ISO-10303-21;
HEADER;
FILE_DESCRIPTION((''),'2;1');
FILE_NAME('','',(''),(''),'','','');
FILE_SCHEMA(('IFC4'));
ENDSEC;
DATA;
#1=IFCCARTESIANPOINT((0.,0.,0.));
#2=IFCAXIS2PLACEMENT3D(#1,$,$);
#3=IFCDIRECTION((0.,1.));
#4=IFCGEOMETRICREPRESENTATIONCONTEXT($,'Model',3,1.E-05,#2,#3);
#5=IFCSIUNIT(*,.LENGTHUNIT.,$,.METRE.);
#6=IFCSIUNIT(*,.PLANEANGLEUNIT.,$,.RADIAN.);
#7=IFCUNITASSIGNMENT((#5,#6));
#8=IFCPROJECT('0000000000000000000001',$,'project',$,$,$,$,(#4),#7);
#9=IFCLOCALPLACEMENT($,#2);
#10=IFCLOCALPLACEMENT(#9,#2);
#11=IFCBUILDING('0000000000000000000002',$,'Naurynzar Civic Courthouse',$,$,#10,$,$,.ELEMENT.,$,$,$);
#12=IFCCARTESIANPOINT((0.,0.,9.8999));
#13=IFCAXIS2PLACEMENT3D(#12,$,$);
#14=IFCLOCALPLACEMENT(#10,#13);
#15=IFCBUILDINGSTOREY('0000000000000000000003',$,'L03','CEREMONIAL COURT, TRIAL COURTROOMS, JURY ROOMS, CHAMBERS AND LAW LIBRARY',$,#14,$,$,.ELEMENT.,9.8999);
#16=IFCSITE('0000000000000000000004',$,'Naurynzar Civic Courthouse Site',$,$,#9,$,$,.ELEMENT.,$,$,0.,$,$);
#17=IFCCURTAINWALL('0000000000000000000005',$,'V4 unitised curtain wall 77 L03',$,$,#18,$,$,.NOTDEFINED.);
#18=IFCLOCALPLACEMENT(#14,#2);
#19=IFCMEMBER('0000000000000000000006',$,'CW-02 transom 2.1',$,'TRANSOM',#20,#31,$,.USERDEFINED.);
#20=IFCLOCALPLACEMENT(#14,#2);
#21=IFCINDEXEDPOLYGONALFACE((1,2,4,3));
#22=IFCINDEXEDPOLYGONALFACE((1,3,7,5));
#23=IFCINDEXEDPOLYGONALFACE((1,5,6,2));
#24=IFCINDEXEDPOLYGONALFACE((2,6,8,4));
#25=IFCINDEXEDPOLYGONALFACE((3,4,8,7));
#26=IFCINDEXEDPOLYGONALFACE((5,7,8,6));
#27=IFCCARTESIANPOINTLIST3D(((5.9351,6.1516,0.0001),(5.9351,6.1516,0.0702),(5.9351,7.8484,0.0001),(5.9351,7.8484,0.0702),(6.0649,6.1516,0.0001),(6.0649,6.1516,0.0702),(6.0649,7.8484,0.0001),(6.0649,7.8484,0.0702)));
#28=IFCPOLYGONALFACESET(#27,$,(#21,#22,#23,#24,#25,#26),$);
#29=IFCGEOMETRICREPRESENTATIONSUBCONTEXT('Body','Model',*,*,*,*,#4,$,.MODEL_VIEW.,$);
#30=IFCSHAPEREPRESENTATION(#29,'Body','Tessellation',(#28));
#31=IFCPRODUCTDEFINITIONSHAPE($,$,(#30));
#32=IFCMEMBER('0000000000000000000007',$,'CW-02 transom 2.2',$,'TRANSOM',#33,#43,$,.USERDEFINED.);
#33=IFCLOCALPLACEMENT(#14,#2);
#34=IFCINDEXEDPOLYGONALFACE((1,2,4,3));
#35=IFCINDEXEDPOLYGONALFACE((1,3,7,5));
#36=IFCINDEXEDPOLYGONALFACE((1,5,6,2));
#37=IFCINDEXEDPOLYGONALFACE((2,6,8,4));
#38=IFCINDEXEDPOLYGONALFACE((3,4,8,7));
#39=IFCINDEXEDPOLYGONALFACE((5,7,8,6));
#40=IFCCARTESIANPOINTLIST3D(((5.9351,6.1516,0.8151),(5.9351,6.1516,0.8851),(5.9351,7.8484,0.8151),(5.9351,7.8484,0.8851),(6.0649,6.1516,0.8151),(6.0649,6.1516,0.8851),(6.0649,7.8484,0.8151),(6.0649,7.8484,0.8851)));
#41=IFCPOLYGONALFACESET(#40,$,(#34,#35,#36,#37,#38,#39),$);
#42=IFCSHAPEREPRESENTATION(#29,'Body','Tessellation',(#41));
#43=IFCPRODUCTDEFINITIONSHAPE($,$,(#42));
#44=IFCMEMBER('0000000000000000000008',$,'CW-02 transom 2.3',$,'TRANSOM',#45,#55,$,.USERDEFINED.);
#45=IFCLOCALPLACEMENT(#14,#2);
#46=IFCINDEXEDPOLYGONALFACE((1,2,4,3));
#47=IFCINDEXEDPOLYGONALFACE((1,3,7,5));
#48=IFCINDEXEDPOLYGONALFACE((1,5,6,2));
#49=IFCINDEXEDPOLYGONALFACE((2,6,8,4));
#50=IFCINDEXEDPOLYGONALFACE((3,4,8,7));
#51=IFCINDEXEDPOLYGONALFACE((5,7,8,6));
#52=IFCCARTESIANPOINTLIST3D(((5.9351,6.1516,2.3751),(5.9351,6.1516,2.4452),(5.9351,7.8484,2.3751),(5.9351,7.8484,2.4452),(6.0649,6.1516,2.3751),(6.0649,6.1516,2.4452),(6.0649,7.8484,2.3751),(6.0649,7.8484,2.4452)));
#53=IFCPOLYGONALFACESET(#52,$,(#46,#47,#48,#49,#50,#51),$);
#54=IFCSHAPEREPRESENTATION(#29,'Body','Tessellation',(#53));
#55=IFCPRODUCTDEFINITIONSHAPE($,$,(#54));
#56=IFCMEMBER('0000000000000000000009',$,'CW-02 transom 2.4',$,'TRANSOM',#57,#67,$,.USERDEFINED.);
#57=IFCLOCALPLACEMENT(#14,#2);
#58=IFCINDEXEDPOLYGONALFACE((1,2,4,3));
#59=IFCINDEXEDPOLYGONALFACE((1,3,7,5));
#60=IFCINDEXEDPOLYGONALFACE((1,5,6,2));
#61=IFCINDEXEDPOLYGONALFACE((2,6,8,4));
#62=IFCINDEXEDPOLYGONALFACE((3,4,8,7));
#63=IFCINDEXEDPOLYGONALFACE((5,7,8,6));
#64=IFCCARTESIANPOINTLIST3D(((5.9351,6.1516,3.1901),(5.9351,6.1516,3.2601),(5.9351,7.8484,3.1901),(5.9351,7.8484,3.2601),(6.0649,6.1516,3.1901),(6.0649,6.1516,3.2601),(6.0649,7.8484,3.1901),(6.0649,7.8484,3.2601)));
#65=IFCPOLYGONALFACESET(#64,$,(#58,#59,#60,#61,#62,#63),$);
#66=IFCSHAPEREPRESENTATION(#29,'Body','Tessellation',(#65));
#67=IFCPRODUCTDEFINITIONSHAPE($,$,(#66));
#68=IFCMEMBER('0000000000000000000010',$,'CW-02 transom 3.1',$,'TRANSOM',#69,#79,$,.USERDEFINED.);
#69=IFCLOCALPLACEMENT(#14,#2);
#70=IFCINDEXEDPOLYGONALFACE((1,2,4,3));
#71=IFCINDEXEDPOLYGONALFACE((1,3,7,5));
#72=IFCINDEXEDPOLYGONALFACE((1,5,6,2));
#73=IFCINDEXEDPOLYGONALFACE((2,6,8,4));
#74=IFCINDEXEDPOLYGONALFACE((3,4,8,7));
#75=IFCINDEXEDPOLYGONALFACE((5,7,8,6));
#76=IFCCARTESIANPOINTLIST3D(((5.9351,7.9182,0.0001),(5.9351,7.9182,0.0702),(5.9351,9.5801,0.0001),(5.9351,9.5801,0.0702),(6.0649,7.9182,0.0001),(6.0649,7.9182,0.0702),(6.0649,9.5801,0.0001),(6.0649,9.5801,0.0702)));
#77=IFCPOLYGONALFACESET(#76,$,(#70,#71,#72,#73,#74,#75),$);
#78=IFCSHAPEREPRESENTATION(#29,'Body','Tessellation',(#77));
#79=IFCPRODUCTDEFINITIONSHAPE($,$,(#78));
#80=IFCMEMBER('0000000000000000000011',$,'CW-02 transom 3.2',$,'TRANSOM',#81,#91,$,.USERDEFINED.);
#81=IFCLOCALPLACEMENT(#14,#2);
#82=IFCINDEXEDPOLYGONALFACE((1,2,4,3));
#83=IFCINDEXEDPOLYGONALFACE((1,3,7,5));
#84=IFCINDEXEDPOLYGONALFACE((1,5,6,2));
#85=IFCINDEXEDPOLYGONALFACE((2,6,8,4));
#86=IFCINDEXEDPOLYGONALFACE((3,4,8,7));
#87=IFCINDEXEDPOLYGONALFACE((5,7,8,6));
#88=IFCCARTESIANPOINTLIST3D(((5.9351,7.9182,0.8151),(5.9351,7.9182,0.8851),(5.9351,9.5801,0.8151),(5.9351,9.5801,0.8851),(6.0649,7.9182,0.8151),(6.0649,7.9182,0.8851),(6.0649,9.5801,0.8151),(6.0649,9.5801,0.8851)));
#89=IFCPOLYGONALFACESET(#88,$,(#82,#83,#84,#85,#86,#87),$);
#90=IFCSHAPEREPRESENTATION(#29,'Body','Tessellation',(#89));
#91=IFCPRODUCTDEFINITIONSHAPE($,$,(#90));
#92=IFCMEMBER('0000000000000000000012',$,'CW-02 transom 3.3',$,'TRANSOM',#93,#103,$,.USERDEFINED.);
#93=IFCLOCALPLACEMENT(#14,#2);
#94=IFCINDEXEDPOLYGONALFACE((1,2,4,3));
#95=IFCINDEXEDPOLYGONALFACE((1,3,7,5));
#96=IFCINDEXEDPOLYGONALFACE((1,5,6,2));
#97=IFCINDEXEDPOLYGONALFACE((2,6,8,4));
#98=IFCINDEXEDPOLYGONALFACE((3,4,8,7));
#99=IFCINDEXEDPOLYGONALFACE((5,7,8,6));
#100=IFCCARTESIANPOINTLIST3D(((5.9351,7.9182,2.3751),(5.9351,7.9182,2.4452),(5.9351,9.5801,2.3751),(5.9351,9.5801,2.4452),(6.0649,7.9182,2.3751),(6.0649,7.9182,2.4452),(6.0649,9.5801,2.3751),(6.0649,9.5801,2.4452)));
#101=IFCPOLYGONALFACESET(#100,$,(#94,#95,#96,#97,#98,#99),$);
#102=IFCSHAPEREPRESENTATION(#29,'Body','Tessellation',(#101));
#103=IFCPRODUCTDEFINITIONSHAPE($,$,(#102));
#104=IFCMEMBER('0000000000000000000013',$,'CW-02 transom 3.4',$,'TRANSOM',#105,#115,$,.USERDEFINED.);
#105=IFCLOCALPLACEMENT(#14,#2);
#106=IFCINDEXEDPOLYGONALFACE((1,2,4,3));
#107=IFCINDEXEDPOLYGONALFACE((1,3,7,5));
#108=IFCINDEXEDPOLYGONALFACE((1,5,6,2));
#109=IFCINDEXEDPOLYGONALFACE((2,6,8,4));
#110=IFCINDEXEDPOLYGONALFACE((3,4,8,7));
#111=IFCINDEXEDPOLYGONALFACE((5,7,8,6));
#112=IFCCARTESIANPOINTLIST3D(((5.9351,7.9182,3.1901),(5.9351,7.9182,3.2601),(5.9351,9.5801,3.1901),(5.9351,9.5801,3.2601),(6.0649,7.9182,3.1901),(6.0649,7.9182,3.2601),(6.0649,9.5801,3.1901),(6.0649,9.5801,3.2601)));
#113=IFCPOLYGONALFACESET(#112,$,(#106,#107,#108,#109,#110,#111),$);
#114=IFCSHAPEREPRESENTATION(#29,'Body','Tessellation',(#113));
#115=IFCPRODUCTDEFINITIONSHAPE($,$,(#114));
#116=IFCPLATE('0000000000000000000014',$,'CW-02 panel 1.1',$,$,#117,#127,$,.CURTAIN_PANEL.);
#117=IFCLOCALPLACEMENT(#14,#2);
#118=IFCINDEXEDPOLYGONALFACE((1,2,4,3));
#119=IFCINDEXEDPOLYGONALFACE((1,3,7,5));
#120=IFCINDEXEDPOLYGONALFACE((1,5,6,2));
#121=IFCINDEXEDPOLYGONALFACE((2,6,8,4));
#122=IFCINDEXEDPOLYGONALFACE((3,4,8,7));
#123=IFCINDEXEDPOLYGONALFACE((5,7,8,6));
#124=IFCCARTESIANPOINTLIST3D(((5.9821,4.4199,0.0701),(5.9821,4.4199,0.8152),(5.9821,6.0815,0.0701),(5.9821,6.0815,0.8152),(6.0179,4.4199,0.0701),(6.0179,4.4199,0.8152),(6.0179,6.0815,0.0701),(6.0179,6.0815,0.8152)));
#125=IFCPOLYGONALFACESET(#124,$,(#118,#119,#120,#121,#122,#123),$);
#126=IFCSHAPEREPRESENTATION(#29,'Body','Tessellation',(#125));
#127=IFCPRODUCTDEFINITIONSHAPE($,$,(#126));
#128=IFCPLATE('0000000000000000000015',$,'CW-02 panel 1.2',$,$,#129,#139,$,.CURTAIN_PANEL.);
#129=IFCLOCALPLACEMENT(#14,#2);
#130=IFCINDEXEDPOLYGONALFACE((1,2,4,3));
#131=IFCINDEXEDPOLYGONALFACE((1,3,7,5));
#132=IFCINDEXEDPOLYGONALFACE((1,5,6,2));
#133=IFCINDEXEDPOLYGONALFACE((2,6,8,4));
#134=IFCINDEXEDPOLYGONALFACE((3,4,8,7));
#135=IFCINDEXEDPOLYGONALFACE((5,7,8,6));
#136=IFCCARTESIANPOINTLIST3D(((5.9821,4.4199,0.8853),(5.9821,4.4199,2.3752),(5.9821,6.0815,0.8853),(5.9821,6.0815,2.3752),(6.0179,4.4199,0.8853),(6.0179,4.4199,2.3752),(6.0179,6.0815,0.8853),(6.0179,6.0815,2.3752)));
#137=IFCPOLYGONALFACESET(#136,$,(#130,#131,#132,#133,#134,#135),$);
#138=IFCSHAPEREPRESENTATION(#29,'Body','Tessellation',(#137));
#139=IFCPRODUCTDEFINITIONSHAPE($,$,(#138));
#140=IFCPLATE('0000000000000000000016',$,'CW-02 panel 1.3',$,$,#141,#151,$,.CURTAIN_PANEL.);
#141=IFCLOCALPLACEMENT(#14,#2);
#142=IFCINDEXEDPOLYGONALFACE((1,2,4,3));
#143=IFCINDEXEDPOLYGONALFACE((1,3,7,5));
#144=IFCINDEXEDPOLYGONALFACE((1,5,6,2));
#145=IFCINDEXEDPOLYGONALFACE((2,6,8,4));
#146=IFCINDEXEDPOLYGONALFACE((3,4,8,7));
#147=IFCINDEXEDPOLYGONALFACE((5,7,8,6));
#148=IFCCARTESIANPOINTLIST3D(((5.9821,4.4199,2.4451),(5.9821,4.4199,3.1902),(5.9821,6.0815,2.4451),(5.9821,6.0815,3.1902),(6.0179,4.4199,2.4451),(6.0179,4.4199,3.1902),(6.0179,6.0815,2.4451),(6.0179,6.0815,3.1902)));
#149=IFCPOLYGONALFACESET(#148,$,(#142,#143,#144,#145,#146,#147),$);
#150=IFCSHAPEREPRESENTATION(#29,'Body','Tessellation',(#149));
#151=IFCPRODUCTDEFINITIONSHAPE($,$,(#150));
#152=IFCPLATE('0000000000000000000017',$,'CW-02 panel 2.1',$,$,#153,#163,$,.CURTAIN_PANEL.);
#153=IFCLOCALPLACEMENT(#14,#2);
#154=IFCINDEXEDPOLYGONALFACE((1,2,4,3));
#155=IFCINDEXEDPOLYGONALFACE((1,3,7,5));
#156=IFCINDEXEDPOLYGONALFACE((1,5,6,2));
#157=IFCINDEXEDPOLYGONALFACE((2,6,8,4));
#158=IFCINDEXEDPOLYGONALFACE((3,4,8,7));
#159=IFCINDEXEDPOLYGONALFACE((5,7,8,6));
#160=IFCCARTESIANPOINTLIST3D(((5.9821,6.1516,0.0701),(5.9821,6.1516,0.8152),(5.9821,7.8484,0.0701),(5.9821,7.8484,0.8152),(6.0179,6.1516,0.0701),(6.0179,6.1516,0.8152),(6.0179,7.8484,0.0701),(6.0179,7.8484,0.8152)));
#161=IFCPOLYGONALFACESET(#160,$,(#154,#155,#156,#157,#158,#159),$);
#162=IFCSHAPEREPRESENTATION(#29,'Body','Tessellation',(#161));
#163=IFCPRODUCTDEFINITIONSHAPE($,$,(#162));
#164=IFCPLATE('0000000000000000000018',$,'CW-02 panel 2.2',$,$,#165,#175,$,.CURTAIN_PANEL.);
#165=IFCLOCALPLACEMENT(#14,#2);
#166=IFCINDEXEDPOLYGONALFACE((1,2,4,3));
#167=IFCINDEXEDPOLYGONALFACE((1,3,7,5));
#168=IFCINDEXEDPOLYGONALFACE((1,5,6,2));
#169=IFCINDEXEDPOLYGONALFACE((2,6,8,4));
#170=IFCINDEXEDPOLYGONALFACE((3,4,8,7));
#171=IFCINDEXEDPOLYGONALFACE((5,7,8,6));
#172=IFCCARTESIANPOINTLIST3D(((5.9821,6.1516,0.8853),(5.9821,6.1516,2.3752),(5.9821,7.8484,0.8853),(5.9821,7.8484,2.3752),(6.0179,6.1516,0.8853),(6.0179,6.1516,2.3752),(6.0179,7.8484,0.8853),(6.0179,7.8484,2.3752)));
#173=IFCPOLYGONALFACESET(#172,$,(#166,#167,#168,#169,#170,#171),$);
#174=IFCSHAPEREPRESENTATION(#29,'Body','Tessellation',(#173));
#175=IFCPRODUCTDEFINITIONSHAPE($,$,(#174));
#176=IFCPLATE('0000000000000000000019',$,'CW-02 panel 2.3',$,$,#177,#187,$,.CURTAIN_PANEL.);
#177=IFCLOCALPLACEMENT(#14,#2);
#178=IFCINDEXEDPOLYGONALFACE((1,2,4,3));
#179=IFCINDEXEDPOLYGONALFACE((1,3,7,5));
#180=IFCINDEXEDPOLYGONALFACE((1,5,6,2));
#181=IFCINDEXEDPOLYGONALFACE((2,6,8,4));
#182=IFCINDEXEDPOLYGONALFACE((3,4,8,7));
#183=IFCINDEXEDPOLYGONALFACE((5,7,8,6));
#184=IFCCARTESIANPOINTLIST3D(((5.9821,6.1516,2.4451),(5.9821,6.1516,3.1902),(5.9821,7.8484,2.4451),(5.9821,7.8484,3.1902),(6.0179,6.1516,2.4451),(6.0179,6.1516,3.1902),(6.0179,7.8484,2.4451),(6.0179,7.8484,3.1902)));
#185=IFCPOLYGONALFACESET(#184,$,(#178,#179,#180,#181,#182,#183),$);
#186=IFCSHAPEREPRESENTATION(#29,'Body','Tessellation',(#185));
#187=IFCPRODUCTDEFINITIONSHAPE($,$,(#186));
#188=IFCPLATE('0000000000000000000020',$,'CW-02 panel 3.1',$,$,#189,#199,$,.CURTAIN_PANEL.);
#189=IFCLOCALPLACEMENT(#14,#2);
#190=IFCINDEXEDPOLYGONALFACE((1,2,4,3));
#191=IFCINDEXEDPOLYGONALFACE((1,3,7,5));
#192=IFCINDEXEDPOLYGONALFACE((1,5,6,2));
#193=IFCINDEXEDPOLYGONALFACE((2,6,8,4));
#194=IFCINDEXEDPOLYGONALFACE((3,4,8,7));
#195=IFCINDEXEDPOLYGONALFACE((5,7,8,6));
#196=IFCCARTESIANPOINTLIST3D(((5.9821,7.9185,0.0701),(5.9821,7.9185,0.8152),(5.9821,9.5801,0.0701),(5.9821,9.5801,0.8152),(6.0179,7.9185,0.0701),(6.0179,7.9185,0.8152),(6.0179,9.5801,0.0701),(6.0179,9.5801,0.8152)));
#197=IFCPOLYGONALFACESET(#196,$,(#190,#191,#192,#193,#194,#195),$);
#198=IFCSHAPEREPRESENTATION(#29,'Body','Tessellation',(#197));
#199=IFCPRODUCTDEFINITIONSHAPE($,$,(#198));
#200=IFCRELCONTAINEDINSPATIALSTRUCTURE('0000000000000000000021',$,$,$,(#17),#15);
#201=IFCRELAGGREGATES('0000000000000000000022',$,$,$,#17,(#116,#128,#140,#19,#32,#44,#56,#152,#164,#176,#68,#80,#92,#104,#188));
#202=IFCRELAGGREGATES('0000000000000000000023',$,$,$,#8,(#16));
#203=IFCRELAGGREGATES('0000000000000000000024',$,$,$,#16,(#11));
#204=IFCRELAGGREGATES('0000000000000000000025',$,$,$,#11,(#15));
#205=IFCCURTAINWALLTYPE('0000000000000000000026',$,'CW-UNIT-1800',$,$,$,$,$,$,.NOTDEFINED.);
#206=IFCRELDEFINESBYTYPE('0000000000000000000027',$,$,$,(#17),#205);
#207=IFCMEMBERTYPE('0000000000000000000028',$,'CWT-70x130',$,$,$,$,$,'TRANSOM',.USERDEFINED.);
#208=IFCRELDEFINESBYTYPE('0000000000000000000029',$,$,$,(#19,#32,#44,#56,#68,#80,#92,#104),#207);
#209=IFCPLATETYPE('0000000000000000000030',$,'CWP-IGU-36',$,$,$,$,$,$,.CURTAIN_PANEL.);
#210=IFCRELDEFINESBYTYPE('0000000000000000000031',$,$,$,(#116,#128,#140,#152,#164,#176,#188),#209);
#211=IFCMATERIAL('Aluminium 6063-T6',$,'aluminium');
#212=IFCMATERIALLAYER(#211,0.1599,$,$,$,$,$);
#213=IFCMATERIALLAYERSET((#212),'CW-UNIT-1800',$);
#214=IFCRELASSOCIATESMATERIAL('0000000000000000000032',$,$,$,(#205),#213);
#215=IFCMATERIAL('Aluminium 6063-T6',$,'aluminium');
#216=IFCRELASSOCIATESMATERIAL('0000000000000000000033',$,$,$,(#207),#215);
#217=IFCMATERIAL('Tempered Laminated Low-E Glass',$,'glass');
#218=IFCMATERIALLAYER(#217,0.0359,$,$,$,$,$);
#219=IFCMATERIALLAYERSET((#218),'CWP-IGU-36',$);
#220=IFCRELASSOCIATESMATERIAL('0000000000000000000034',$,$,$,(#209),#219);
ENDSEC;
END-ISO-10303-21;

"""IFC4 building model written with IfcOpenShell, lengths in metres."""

from ifc_helpers import new_model, si_unit, direction, frame, origin, origin_2d, place, context, subcontext, project, spatial, rectangle, extrude, material, layer, layer_set, material_profile, profile_set, type_object, element, aggregate, save


model = new_model("IFC4")

# Units and contexts
model_context = context("Model", 3, precision=1e-05, world=origin(), true_north=direction((0.0, 1.0)))
body_context = subcontext(model_context, "Body", "Model", "MODEL_VIEW")
ifc_project = project(units=[si_unit("LENGTHUNIT", "METRE"), si_unit("PLANEANGLEUNIT", "RADIAN")], contexts=[model_context])

# Site, building, storey
site_placement = place(None, origin())
site = spatial("IfcSite", under=ifc_project, at=site_placement, Name="Naurynzar Civic Courthouse Site", CompositionType="ELEMENT", RefElevation=0.0)
building_placement = place(site_placement, origin())
building = spatial("IfcBuilding", under=site, at=building_placement, Name="Naurynzar Civic Courthouse", CompositionType="ELEMENT")
storey_placement = place(building_placement, frame((0.0, 0.0, 9.8999)))
storey = spatial("IfcBuildingStorey", under=building, at=storey_placement, Name="L03", Description="CEREMONIAL COURT, TRIAL COURTROOMS, JURY ROOMS, CHAMBERS AND LAW LIBRARY", CompositionType="ELEMENT", Elevation=9.8999)

# Curtain wall, members, plates
ifc_material_1 = material(Name="Aluminium 6063-T6", Category="aluminium")
ifc_layer_1 = layer(ifc_material_1, 0.1599)
ifc_layer_set_1 = layer_set([ifc_layer_1], Name="CW-UNIT-1800")
curtain_wall_type = type_object("IfcCurtainWallType", Name="CW-UNIT-1800", PredefinedType="NOTDEFINED", material=ifc_layer_set_1)
curtain_wall_placement = place(storey_placement, origin())
curtain_wall = element("IfcCurtainWall", 1, at=curtain_wall_placement, inside=storey, type_object=curtain_wall_type, Name="V4 unitised curtain wall 77 L03", PredefinedType="NOTDEFINED")
ifc_material_2 = material(Name="Aluminium 6063-T6", Category="aluminium")
ifc_material_profile_1 = material_profile(ifc_material_2, rectangle(XDim=0.1299, YDim=0.0701, at=origin_2d()), Name="ALU TRANSOM 70x130")
ifc_profile_set_1 = profile_set([ifc_material_profile_1], Name="Aluminium 6063-T6")
member_type_1 = type_object("IfcMemberType", Name="CWT-70x130", ElementType="TRANSOM", PredefinedType="USERDEFINED", material=ifc_profile_set_1)
member_1_placement = place(storey_placement, frame((6.0, 6.1516, 0.0352), z_axis=(0.0, 1.0, 0.0), x_axis=(-1.0, 0.0, 0.0)))
member_1 = element("IfcMember", 2, at=member_1_placement, type_object=member_type_1, Name="CW-02 transom 2.1", ObjectType="TRANSOM", PredefinedType="USERDEFINED", context=body_context, shape_type="SweptSolid", body=[
    extrude(rectangle(XDim=0.1299, YDim=0.0701, at=origin_2d()), origin(), (0.0, 0.0, 1.0), 1.6968),
])
member_2_placement = place(storey_placement, frame((6.0, 6.1516, 0.8501), z_axis=(0.0, 1.0, 0.0), x_axis=(-1.0, 0.0, 0.0)))
member_2 = element("IfcMember", 3, at=member_2_placement, type_object=member_type_1, Name="CW-02 transom 2.2", ObjectType="TRANSOM", PredefinedType="USERDEFINED", context=body_context, shape_type="SweptSolid", body=[
    extrude(rectangle(XDim=0.1299, YDim=0.0701, at=origin_2d()), origin(), (0.0, 0.0, 1.0), 1.6968),
])
member_3_placement = place(storey_placement, frame((6.0, 6.1516, 2.4102), z_axis=(0.0, 1.0, 0.0), x_axis=(-1.0, 0.0, 0.0)))
member_3 = element("IfcMember", 4, at=member_3_placement, type_object=member_type_1, Name="CW-02 transom 2.3", ObjectType="TRANSOM", PredefinedType="USERDEFINED", context=body_context, shape_type="SweptSolid", body=[
    extrude(rectangle(XDim=0.1299, YDim=0.0701, at=origin_2d()), origin(), (0.0, 0.0, 1.0), 1.6968),
])
member_4_placement = place(storey_placement, frame((6.0, 6.1516, 3.2251), z_axis=(0.0, 1.0, 0.0), x_axis=(-1.0, 0.0, 0.0)))
member_4 = element("IfcMember", 5, at=member_4_placement, type_object=member_type_1, Name="CW-02 transom 2.4", ObjectType="TRANSOM", PredefinedType="USERDEFINED", context=body_context, shape_type="SweptSolid", body=[
    extrude(rectangle(XDim=0.1299, YDim=0.0701, at=origin_2d()), origin(), (0.0, 0.0, 1.0), 1.6968),
])
member_5_placement = place(storey_placement, frame((6.0, 7.9182, 0.0352), z_axis=(0.0, 1.0, 0.0), x_axis=(-1.0, 0.0, 0.0)))
member_5 = element("IfcMember", 6, at=member_5_placement, type_object=member_type_1, Name="CW-02 transom 3.1", ObjectType="TRANSOM", PredefinedType="USERDEFINED", context=body_context, shape_type="SweptSolid", body=[
    extrude(rectangle(XDim=0.1299, YDim=0.0701, at=origin_2d()), origin(), (0.0, 0.0, 1.0), 1.6619),
])
member_6_placement = place(storey_placement, frame((6.0, 7.9182, 0.8501), z_axis=(0.0, 1.0, 0.0), x_axis=(-1.0, 0.0, 0.0)))
member_6 = element("IfcMember", 7, at=member_6_placement, type_object=member_type_1, Name="CW-02 transom 3.2", ObjectType="TRANSOM", PredefinedType="USERDEFINED", context=body_context, shape_type="SweptSolid", body=[
    extrude(rectangle(XDim=0.1299, YDim=0.0701, at=origin_2d()), origin(), (0.0, 0.0, 1.0), 1.6619),
])
member_7_placement = place(storey_placement, frame((6.0, 7.9182, 2.4102), z_axis=(0.0, 1.0, 0.0), x_axis=(-1.0, 0.0, 0.0)))
member_7 = element("IfcMember", 8, at=member_7_placement, type_object=member_type_1, Name="CW-02 transom 3.3", ObjectType="TRANSOM", PredefinedType="USERDEFINED", context=body_context, shape_type="SweptSolid", body=[
    extrude(rectangle(XDim=0.1299, YDim=0.0701, at=origin_2d()), origin(), (0.0, 0.0, 1.0), 1.6619),
])
member_8_placement = place(storey_placement, frame((6.0, 7.9182, 3.2251), z_axis=(0.0, 1.0, 0.0), x_axis=(-1.0, 0.0, 0.0)))
member_8 = element("IfcMember", 9, at=member_8_placement, type_object=member_type_1, Name="CW-02 transom 3.4", ObjectType="TRANSOM", PredefinedType="USERDEFINED", context=body_context, shape_type="SweptSolid", body=[
    extrude(rectangle(XDim=0.1299, YDim=0.0701, at=origin_2d()), origin(), (0.0, 0.0, 1.0), 1.6619),
])
ifc_material_3 = material(Name="Tempered Laminated Low-E Glass", Category="glass")
ifc_layer_2 = layer(ifc_material_3, 0.0359)
ifc_layer_set_2 = layer_set([ifc_layer_2], Name="CWP-IGU-36")
plate_type = type_object("IfcPlateType", Name="CWP-IGU-36", PredefinedType="CURTAIN_PANEL", material=ifc_layer_set_2)
plate_1_placement = place(storey_placement, frame((6.0, 5.2507, 0.0701), z_axis=(0.0, 0.0, 1.0), x_axis=(0.0, 1.0, 0.0)))
plate_1 = element("IfcPlate", 10, at=plate_1_placement, type_object=plate_type, Name="CW-02 panel 1.1", PredefinedType="CURTAIN_PANEL", context=body_context, shape_type="SweptSolid", body=[
    extrude(rectangle(XDim=1.6616, YDim=0.0359, at=origin_2d()), origin(), (0.0, 0.0, 1.0), 0.7451),
])
plate_2_placement = place(storey_placement, frame((6.0, 5.2507, 0.8853), z_axis=(0.0, 0.0, 1.0), x_axis=(0.0, 1.0, 0.0)))
plate_2 = element("IfcPlate", 11, at=plate_2_placement, type_object=plate_type, Name="CW-02 panel 1.2", PredefinedType="CURTAIN_PANEL", context=body_context, shape_type="SweptSolid", body=[
    extrude(rectangle(XDim=1.6616, YDim=0.0359, at=origin_2d()), origin(), (0.0, 0.0, 1.0), 1.49),
])
plate_3_placement = place(storey_placement, frame((6.0, 5.2507, 2.4451), z_axis=(0.0, 0.0, 1.0), x_axis=(0.0, 1.0, 0.0)))
plate_3 = element("IfcPlate", 12, at=plate_3_placement, type_object=plate_type, Name="CW-02 panel 1.3", PredefinedType="CURTAIN_PANEL", context=body_context, shape_type="SweptSolid", body=[
    extrude(rectangle(XDim=1.6616, YDim=0.0359, at=origin_2d()), origin(), (0.0, 0.0, 1.0), 0.7451),
])
plate_4_placement = place(storey_placement, frame((6.0, 7.0, 0.0701), z_axis=(0.0, 0.0, 1.0), x_axis=(0.0, 1.0, 0.0)))
plate_4 = element("IfcPlate", 13, at=plate_4_placement, type_object=plate_type, Name="CW-02 panel 2.1", PredefinedType="CURTAIN_PANEL", context=body_context, shape_type="SweptSolid", body=[
    extrude(rectangle(XDim=1.6968, YDim=0.0359, at=origin_2d()), origin(), (0.0, 0.0, 1.0), 0.7451),
])
plate_5_placement = place(storey_placement, frame((6.0, 7.0, 0.8853), z_axis=(0.0, 0.0, 1.0), x_axis=(0.0, 1.0, 0.0)))
plate_5 = element("IfcPlate", 14, at=plate_5_placement, type_object=plate_type, Name="CW-02 panel 2.2", PredefinedType="CURTAIN_PANEL", context=body_context, shape_type="SweptSolid", body=[
    extrude(rectangle(XDim=1.6968, YDim=0.0359, at=origin_2d()), origin(), (0.0, 0.0, 1.0), 1.49),
])
plate_6_placement = place(storey_placement, frame((6.0, 7.0, 2.4451), z_axis=(0.0, 0.0, 1.0), x_axis=(0.0, 1.0, 0.0)))
plate_6 = element("IfcPlate", 15, at=plate_6_placement, type_object=plate_type, Name="CW-02 panel 2.3", PredefinedType="CURTAIN_PANEL", context=body_context, shape_type="SweptSolid", body=[
    extrude(rectangle(XDim=1.6968, YDim=0.0359, at=origin_2d()), origin(), (0.0, 0.0, 1.0), 0.7451),
])
plate_7_placement = place(storey_placement, frame((6.0, 8.7493, 0.0701), z_axis=(0.0, 0.0, 1.0), x_axis=(0.0, 1.0, 0.0)))
plate_7 = element("IfcPlate", 16, at=plate_7_placement, type_object=plate_type, Name="CW-02 panel 3.1", PredefinedType="CURTAIN_PANEL", context=body_context, shape_type="SweptSolid", body=[
    extrude(rectangle(XDim=1.6616, YDim=0.0359, at=origin_2d()), origin(), (0.0, 0.0, 1.0), 0.7451),
])
aggregate(curtain_wall, [plate_1, plate_2, plate_3, member_1, member_2, member_3, member_4, plate_4, plate_5, plate_6, member_5, member_6, member_7, member_8, plate_7])

save(model, "model.ifc")
